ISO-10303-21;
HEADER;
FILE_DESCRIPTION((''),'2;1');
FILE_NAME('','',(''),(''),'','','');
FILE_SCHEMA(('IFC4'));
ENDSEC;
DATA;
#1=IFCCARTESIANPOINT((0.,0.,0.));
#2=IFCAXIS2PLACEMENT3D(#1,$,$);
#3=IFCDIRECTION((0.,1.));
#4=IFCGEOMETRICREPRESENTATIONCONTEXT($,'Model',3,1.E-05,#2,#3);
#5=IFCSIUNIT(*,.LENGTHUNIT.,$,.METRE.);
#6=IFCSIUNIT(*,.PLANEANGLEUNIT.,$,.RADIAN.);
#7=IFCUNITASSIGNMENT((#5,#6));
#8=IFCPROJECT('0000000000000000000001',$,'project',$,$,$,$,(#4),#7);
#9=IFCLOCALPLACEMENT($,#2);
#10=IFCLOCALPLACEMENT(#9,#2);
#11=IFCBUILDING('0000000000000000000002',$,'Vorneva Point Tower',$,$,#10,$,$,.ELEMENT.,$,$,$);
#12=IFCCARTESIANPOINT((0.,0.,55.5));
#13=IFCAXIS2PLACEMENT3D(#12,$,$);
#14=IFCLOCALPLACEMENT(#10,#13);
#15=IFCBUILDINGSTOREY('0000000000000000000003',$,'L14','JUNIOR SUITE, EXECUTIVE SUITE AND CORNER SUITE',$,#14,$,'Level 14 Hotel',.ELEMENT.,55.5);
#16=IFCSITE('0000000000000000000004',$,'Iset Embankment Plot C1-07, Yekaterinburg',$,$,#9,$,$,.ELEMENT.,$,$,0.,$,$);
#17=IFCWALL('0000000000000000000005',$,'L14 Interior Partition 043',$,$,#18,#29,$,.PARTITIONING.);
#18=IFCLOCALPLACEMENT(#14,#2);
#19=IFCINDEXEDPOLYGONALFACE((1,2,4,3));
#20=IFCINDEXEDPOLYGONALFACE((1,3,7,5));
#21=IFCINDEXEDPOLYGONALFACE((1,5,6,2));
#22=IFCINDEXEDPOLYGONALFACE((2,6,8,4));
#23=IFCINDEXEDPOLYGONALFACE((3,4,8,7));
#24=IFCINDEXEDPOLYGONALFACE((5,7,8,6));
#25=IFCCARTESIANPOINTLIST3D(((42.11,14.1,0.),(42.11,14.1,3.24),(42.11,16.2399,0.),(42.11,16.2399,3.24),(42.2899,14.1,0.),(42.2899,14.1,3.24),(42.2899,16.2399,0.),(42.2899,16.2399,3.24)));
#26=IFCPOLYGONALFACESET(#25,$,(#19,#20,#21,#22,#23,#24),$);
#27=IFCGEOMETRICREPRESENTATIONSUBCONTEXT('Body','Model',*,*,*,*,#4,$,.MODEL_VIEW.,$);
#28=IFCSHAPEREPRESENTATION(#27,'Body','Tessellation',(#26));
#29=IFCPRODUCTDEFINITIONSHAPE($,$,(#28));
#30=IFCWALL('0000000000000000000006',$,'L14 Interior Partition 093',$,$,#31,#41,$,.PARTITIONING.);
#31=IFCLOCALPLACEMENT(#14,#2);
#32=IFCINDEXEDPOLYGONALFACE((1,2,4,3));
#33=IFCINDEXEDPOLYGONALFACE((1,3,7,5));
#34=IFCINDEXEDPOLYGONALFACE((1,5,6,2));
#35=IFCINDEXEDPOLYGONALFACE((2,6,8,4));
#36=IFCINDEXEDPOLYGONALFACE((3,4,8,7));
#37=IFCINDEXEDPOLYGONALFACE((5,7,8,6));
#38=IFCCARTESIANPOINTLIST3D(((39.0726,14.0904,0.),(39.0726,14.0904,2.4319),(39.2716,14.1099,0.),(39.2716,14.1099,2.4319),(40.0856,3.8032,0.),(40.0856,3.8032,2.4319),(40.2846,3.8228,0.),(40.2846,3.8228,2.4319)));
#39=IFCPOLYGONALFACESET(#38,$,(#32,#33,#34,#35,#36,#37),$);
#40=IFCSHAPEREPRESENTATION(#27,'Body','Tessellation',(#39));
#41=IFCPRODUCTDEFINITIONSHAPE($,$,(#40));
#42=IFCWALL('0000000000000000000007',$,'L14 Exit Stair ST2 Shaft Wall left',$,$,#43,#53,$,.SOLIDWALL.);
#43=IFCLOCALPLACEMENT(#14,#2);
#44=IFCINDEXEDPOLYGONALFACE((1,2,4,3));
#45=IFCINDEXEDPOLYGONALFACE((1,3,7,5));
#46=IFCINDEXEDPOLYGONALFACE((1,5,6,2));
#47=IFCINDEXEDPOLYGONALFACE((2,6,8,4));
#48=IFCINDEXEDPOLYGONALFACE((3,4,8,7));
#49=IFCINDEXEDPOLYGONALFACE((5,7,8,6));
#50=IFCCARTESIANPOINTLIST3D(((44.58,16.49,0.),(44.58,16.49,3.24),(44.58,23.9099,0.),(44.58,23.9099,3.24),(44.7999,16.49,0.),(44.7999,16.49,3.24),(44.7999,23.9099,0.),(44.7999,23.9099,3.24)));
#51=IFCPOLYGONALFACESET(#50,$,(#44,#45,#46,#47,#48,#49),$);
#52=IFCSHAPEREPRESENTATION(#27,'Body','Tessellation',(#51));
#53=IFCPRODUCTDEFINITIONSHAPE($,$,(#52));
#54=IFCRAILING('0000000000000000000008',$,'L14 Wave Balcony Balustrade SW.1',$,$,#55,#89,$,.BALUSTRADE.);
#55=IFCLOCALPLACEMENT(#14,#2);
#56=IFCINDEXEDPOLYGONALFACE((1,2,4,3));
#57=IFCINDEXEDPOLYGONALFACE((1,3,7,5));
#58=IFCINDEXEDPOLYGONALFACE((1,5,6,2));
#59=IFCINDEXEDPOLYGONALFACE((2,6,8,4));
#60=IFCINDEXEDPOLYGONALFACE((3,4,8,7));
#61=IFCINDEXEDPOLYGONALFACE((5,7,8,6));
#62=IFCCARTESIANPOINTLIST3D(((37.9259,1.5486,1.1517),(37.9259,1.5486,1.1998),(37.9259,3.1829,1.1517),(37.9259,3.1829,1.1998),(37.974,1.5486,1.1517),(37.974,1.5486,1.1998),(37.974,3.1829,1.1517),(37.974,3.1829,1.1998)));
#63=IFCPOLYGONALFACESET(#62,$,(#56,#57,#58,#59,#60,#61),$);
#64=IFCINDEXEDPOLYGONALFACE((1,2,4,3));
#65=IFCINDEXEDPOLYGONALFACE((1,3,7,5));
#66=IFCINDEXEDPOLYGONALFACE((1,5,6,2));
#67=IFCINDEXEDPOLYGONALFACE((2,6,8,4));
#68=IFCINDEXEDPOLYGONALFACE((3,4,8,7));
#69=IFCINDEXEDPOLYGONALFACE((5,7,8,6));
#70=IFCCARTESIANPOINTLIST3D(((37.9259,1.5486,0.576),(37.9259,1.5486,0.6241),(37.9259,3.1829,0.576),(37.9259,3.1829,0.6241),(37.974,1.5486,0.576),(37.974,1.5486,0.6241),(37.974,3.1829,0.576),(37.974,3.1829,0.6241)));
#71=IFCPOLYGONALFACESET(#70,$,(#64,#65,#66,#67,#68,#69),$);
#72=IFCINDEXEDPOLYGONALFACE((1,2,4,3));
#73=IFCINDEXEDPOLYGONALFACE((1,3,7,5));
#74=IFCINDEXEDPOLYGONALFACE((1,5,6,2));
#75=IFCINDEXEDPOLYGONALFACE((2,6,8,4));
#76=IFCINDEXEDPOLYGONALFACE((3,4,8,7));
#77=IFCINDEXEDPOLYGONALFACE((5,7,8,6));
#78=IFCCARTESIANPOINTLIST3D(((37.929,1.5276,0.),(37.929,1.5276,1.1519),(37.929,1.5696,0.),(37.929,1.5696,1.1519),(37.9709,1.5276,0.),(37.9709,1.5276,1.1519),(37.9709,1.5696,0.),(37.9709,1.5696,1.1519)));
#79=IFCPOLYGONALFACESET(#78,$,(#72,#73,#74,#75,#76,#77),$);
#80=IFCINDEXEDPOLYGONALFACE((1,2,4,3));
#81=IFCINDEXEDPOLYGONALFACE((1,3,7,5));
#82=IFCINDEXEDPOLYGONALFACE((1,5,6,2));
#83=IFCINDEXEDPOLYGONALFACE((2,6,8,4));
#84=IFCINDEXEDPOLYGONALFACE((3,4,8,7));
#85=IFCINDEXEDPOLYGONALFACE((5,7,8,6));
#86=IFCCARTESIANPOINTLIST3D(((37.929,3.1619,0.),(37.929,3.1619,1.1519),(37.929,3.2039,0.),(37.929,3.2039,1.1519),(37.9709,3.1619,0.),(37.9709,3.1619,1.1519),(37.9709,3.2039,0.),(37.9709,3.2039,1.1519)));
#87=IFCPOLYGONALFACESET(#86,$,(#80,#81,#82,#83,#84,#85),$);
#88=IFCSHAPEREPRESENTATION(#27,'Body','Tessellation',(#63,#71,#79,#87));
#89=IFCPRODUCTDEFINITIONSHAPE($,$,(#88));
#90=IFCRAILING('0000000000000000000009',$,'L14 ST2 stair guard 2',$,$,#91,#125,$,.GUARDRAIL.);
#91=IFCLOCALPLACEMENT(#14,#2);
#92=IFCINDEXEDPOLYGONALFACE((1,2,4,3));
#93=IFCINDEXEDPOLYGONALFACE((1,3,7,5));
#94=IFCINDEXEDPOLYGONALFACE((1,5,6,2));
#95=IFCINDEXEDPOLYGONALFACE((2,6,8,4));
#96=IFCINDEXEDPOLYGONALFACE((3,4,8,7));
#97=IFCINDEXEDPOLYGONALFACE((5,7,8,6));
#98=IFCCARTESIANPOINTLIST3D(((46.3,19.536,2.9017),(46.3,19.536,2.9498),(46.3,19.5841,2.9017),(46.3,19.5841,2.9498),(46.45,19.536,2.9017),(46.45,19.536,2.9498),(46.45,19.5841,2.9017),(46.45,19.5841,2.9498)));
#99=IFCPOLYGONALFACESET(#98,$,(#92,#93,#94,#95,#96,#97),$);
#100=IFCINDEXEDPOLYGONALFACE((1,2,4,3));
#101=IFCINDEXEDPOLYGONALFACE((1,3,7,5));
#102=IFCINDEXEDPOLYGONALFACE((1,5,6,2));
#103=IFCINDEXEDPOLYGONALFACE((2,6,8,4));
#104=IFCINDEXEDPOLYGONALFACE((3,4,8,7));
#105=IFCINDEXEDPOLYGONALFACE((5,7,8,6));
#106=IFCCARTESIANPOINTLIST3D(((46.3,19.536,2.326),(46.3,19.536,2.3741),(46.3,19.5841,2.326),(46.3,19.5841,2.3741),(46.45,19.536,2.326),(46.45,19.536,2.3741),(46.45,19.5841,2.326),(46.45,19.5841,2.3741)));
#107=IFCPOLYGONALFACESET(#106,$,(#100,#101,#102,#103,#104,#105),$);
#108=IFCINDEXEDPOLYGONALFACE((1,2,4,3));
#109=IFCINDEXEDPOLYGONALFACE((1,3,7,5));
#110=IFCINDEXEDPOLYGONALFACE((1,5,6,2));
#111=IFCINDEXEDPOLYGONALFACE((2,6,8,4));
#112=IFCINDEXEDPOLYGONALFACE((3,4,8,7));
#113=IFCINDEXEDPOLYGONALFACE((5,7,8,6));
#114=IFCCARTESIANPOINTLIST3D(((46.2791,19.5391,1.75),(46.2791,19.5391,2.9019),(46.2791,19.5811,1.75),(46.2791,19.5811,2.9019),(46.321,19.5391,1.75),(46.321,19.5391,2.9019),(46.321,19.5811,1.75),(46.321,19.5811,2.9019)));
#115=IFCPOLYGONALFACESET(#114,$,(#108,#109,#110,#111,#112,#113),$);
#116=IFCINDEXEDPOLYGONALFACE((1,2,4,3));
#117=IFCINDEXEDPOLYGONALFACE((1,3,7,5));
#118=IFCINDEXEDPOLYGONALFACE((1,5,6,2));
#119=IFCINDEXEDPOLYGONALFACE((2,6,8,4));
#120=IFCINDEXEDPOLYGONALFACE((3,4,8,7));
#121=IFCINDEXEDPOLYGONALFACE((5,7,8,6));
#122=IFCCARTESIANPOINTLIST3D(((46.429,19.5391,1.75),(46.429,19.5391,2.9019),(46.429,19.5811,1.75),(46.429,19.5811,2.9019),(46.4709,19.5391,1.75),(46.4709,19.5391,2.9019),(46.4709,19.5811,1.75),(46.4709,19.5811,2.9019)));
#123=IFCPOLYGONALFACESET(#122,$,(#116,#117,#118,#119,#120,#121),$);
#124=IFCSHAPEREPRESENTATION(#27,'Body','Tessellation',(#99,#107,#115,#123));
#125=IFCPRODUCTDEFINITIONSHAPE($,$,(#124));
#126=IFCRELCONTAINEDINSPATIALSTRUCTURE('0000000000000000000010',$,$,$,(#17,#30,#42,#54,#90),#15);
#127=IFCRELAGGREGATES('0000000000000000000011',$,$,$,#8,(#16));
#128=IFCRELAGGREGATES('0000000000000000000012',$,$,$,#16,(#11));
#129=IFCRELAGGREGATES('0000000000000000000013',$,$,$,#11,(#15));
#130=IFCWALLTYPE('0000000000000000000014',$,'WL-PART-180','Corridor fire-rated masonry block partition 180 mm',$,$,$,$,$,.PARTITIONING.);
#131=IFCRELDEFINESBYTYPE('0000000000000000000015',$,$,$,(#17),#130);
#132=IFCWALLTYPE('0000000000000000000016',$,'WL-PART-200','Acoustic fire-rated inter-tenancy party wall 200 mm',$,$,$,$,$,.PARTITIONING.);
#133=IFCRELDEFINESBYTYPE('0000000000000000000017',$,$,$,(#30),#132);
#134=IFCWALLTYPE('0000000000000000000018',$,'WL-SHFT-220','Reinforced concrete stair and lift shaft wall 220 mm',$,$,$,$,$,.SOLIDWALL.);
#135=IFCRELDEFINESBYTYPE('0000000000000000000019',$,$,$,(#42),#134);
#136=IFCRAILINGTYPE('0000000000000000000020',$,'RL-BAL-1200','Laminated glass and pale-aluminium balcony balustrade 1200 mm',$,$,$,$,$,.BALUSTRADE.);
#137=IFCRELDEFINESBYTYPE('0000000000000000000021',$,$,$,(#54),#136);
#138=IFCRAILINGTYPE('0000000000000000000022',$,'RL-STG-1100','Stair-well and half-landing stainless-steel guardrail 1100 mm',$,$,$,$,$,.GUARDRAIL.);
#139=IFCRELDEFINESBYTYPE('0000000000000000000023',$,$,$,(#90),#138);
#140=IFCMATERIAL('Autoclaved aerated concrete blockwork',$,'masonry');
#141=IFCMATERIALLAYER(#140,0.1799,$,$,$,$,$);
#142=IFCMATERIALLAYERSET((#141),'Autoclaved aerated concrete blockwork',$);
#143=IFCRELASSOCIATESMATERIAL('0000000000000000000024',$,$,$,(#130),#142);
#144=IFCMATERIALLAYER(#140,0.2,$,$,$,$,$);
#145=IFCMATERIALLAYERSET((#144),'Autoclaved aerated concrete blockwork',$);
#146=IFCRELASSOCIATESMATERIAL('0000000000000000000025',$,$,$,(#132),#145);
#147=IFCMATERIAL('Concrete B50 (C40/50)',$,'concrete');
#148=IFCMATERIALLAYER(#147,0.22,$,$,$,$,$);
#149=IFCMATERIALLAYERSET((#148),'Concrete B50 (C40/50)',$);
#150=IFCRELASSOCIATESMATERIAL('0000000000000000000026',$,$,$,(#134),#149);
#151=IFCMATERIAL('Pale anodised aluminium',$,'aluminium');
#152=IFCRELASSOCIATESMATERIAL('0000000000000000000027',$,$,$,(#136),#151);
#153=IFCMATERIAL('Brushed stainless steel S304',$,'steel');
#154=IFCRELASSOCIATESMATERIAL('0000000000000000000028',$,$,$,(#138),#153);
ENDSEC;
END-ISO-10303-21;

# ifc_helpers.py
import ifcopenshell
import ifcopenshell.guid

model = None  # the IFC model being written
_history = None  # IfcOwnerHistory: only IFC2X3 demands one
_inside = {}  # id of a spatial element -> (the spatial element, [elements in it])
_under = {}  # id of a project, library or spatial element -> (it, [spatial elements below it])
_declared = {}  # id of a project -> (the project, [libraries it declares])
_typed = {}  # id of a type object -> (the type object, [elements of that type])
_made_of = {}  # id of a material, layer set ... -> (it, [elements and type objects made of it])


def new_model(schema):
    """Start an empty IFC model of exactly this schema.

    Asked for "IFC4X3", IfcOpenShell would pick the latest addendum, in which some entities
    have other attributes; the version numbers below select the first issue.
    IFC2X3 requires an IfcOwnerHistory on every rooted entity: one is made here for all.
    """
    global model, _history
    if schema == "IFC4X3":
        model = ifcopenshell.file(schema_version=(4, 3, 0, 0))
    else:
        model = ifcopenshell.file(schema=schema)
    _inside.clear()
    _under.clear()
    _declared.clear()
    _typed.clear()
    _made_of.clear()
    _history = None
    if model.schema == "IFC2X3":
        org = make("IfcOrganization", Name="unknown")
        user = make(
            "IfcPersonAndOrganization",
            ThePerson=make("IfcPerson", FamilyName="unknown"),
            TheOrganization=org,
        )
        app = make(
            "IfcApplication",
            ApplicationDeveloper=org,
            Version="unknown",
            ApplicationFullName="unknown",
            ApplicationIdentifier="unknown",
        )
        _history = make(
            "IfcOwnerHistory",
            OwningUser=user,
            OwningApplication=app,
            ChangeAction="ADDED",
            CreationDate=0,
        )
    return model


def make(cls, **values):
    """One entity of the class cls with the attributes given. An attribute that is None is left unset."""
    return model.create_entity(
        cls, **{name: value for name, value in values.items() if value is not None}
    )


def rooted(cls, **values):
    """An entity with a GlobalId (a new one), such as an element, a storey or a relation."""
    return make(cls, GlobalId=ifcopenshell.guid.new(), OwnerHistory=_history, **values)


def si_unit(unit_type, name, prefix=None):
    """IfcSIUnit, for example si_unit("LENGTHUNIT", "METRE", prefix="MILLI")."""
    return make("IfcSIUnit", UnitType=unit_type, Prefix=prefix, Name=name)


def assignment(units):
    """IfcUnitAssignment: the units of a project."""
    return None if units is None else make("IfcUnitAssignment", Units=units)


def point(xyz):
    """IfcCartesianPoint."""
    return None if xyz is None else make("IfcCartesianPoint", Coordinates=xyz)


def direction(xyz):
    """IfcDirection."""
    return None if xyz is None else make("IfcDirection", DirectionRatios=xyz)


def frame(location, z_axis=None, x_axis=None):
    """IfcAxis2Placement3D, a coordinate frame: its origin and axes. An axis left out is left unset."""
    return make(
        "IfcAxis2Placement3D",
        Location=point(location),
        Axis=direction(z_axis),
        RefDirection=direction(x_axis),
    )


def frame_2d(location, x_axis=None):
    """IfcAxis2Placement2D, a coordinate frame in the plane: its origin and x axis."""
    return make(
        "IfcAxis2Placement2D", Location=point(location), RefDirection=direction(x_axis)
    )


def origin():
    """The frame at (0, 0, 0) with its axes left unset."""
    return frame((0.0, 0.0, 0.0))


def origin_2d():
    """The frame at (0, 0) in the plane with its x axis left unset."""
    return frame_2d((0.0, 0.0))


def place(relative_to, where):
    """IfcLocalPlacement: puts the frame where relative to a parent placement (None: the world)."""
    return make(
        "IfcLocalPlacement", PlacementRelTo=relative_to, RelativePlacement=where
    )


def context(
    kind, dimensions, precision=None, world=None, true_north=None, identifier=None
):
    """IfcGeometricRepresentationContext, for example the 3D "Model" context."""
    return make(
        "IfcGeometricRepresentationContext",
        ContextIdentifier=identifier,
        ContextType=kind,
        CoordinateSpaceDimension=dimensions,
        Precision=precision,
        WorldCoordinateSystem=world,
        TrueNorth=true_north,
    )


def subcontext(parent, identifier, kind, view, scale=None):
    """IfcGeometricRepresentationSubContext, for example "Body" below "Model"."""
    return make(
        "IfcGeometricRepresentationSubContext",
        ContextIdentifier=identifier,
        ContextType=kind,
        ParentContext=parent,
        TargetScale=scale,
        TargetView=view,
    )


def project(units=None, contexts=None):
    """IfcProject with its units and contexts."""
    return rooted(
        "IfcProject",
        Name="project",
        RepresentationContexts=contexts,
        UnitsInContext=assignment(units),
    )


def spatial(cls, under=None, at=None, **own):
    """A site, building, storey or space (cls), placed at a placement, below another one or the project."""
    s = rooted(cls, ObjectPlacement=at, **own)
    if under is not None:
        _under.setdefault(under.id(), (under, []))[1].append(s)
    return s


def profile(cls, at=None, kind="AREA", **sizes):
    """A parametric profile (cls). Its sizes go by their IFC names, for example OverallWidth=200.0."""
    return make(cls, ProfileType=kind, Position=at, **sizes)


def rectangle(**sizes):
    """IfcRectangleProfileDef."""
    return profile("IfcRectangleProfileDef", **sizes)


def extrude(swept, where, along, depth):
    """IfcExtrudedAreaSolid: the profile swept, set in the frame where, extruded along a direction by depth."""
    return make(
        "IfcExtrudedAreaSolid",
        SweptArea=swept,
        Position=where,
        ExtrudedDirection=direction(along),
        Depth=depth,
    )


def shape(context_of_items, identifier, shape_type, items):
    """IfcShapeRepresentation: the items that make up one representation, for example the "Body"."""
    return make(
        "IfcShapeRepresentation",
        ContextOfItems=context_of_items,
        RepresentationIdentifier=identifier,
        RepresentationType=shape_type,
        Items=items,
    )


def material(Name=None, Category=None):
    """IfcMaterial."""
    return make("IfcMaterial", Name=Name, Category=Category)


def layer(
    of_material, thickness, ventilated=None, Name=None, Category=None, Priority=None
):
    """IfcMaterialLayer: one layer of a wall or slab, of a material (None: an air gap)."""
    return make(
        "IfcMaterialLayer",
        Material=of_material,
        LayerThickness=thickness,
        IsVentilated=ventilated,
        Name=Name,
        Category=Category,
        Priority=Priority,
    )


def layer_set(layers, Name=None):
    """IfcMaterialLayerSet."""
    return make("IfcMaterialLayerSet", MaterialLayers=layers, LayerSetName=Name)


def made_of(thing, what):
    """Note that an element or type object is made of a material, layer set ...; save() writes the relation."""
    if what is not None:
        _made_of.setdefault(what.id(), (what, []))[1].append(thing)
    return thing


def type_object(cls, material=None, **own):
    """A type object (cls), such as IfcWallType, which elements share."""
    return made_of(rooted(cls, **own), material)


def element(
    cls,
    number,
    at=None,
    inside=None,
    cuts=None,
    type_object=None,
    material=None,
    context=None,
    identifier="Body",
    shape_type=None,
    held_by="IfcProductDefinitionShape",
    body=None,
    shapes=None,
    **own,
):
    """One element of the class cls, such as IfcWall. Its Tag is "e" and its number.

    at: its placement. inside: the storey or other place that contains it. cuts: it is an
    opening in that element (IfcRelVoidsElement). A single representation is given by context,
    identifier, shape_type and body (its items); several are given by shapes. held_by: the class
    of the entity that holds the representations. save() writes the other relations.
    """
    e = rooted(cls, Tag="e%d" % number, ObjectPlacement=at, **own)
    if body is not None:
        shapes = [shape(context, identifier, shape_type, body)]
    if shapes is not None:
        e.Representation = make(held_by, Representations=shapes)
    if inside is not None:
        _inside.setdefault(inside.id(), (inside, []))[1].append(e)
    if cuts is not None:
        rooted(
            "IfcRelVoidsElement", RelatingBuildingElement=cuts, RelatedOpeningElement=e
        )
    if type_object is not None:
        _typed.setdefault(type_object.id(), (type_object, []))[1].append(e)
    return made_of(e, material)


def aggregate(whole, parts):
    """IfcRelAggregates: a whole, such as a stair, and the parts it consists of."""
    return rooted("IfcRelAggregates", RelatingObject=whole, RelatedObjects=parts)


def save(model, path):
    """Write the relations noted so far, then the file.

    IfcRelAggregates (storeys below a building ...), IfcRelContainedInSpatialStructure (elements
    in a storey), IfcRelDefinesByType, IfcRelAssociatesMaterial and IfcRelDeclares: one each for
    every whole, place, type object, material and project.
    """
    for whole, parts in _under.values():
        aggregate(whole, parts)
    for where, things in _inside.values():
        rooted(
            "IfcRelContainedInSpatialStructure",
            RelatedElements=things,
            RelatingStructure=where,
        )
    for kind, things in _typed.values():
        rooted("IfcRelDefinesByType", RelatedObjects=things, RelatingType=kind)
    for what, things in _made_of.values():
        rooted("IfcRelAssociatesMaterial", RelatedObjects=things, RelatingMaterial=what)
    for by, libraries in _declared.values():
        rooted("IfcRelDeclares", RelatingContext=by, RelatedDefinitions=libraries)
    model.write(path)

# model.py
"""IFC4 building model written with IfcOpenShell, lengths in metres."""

from ifc_helpers import new_model, si_unit, direction, frame, frame_2d, origin, origin_2d, place, context, subcontext, project, spatial, rectangle, extrude, material, layer, layer_set, type_object, element, save


model = new_model("IFC4")

# Units and contexts
model_context = context("Model", 3, precision=1e-05, world=origin(), true_north=direction((0.0, 1.0)))
body_context = subcontext(model_context, "Body", "Model", "MODEL_VIEW")
ifc_project = project(units=[si_unit("LENGTHUNIT", "METRE"), si_unit("PLANEANGLEUNIT", "RADIAN")], contexts=[model_context])

# Site, building, storey
site_placement = place(None, origin())
site = spatial("IfcSite", under=ifc_project, at=site_placement, Name="Iset Embankment Plot C1-07, Yekaterinburg", CompositionType="ELEMENT", RefElevation=0.0)
building_placement = place(site_placement, origin())
building = spatial("IfcBuilding", under=site, at=building_placement, Name="Vorneva Point Tower", CompositionType="ELEMENT")
storey_placement = place(building_placement, frame((0.0, 0.0, 55.5)))
storey = spatial("IfcBuildingStorey", under=building, at=storey_placement, Name="L14", Description="JUNIOR SUITE, EXECUTIVE SUITE AND CORNER SUITE", LongName="Level 14 Hotel", CompositionType="ELEMENT", Elevation=55.5)

# Shared definitions
ifc_material_1 = material(Name="Pale anodised aluminium", Category="aluminium")

# Shared definitions
ifc_material_2 = material(Name="Autoclaved aerated concrete blockwork", Category="masonry")
ifc_layer_1 = layer(ifc_material_2, 0.1799)
ifc_layer_set_1 = layer_set([ifc_layer_1], Name="Autoclaved aerated concrete blockwork")
wall_type_1 = type_object("IfcWallType", Name="WL-PART-180", Description="Corridor fire-rated masonry block partition 180 mm", PredefinedType="PARTITIONING", material=ifc_layer_set_1)

# Walls
wall_1_placement = place(storey_placement, frame((42.2, 14.1001, 0.0), z_axis=(0.0, 0.0, 1.0), x_axis=(0.0, 1.0, 0.0)))
element("IfcWall", 1, at=wall_1_placement, inside=storey, type_object=wall_type_1, Name="L14 Interior Partition 043", PredefinedType="PARTITIONING", context=body_context, shape_type="SweptSolid", body=[
    extrude(rectangle(XDim=2.1399, YDim=0.1799, at=frame_2d((1.0698, 0.0))), origin(), (0.0, 0.0, 1.0), 3.24),
])
ifc_layer_2 = layer(ifc_material_2, 0.2)
ifc_layer_set_2 = layer_set([ifc_layer_2], Name="Autoclaved aerated concrete blockwork")
wall_type_2 = type_object("IfcWallType", Name="WL-PART-200", Description="Acoustic fire-rated inter-tenancy party wall 200 mm", PredefinedType="PARTITIONING", material=ifc_layer_set_2)
wall_2_placement = place(storey_placement, frame((40.1851, 3.813, 0.0), z_axis=(0.0, 0.0, 1.0), x_axis=(-0.097993, 0.995187, 0.0)))
element("IfcWall", 2, at=wall_2_placement, inside=storey, type_object=wall_type_2, Name="L14 Interior Partition 093", PredefinedType="PARTITIONING", context=body_context, shape_type="SweptSolid", body=[
    extrude(rectangle(XDim=10.3369, YDim=0.2, at=frame_2d((5.1685, 0.0))), origin(), (0.0, 0.0, 1.0), 2.4319),
])
ifc_material_3 = material(Name="Concrete B50 (C40/50)", Category="concrete")
ifc_layer_3 = layer(ifc_material_3, 0.22)
ifc_layer_set_3 = layer_set([ifc_layer_3], Name="Concrete B50 (C40/50)")
wall_type_3 = type_object("IfcWallType", Name="WL-SHFT-220", Description="Reinforced concrete stair and lift shaft wall 220 mm", PredefinedType="SOLIDWALL", material=ifc_layer_set_3)
wall_3_placement = place(storey_placement, frame((44.6899, 16.49, 0.0), z_axis=(0.0, 0.0, 1.0), x_axis=(0.0, 1.0, 0.0)))
element("IfcWall", 3, at=wall_3_placement, inside=storey, type_object=wall_type_3, Name="L14 Exit Stair ST2 Shaft Wall left", PredefinedType="SOLIDWALL", context=body_context, shape_type="SweptSolid", body=[
    extrude(rectangle(XDim=7.4199, YDim=0.22, at=frame_2d((3.71, 0.0))), origin(), (0.0, 0.0, 1.0), 3.24),
])

# Railings
railing_type_1 = type_object("IfcRailingType", Name="RL-BAL-1200", Description="Laminated glass and pale-aluminium balcony balustrade 1200 mm", PredefinedType="BALUSTRADE", material=ifc_material_1)
railing_1_placement = place(storey_placement, frame((37.95, 1.5486, 0.0)))
element("IfcRailing", 4, at=railing_1_placement, inside=storey, type_object=railing_type_1, Name="L14 Wave Balcony Balustrade SW.1", PredefinedType="BALUSTRADE", context=body_context, shape_type="SweptSolid", body=[
    extrude(rectangle(XDim=0.0481, YDim=0.0481, at=origin_2d()), frame((0.0, 0.0, 1.1758), z_axis=(0.0, 1.0, 0.0), x_axis=(-1.0, 0.0, 0.0)), (0.0, 0.0, 1.0), 1.6343),
    extrude(rectangle(XDim=0.0481, YDim=0.0481, at=origin_2d()), frame((0.0, 0.0, 0.6001), z_axis=(0.0, 1.0, 0.0), x_axis=(-1.0, 0.0, 0.0)), (0.0, 0.0, 1.0), 1.6343),
    extrude(rectangle(XDim=0.042, YDim=0.042, at=origin_2d()), origin(), (0.0, 0.0, 1.0), 1.1519),
    extrude(rectangle(XDim=0.042, YDim=0.042, at=origin_2d()), frame((0.0, 1.6343, 0.0)), (0.0, 0.0, 1.0), 1.1519),
])
ifc_material_4 = material(Name="Brushed stainless steel S304", Category="steel")
railing_type_2 = type_object("IfcRailingType", Name="RL-STG-1100", Description="Stair-well and half-landing stainless-steel guardrail 1100 mm", PredefinedType="GUARDRAIL", material=ifc_material_4)
railing_2_placement = place(storey_placement, frame((46.3, 19.5601, 1.75)))
element("IfcRailing", 5, at=railing_2_placement, inside=storey, type_object=railing_type_2, Name="L14 ST2 stair guard 2", PredefinedType="GUARDRAIL", context=body_context, shape_type="SweptSolid", body=[
    extrude(rectangle(XDim=0.0481, YDim=0.0481, at=origin_2d()), frame((0.0, 0.0, 1.1758), z_axis=(1.0, 0.0, 0.0), x_axis=(0.0, 1.0, 0.0)), (0.0, 0.0, 1.0), 0.1499),
    extrude(rectangle(XDim=0.0481, YDim=0.0481, at=origin_2d()), frame((0.0, 0.0, 0.6001), z_axis=(1.0, 0.0, 0.0), x_axis=(0.0, 1.0, 0.0)), (0.0, 0.0, 1.0), 0.1499),
    extrude(rectangle(XDim=0.042, YDim=0.042, at=origin_2d()), origin(), (0.0, 0.0, 1.0), 1.1519),
    extrude(rectangle(XDim=0.042, YDim=0.042, at=origin_2d()), frame((0.1499, 0.0, 0.0)), (0.0, 0.0, 1.0), 1.1519),
])

save(model, "model.ifc")
